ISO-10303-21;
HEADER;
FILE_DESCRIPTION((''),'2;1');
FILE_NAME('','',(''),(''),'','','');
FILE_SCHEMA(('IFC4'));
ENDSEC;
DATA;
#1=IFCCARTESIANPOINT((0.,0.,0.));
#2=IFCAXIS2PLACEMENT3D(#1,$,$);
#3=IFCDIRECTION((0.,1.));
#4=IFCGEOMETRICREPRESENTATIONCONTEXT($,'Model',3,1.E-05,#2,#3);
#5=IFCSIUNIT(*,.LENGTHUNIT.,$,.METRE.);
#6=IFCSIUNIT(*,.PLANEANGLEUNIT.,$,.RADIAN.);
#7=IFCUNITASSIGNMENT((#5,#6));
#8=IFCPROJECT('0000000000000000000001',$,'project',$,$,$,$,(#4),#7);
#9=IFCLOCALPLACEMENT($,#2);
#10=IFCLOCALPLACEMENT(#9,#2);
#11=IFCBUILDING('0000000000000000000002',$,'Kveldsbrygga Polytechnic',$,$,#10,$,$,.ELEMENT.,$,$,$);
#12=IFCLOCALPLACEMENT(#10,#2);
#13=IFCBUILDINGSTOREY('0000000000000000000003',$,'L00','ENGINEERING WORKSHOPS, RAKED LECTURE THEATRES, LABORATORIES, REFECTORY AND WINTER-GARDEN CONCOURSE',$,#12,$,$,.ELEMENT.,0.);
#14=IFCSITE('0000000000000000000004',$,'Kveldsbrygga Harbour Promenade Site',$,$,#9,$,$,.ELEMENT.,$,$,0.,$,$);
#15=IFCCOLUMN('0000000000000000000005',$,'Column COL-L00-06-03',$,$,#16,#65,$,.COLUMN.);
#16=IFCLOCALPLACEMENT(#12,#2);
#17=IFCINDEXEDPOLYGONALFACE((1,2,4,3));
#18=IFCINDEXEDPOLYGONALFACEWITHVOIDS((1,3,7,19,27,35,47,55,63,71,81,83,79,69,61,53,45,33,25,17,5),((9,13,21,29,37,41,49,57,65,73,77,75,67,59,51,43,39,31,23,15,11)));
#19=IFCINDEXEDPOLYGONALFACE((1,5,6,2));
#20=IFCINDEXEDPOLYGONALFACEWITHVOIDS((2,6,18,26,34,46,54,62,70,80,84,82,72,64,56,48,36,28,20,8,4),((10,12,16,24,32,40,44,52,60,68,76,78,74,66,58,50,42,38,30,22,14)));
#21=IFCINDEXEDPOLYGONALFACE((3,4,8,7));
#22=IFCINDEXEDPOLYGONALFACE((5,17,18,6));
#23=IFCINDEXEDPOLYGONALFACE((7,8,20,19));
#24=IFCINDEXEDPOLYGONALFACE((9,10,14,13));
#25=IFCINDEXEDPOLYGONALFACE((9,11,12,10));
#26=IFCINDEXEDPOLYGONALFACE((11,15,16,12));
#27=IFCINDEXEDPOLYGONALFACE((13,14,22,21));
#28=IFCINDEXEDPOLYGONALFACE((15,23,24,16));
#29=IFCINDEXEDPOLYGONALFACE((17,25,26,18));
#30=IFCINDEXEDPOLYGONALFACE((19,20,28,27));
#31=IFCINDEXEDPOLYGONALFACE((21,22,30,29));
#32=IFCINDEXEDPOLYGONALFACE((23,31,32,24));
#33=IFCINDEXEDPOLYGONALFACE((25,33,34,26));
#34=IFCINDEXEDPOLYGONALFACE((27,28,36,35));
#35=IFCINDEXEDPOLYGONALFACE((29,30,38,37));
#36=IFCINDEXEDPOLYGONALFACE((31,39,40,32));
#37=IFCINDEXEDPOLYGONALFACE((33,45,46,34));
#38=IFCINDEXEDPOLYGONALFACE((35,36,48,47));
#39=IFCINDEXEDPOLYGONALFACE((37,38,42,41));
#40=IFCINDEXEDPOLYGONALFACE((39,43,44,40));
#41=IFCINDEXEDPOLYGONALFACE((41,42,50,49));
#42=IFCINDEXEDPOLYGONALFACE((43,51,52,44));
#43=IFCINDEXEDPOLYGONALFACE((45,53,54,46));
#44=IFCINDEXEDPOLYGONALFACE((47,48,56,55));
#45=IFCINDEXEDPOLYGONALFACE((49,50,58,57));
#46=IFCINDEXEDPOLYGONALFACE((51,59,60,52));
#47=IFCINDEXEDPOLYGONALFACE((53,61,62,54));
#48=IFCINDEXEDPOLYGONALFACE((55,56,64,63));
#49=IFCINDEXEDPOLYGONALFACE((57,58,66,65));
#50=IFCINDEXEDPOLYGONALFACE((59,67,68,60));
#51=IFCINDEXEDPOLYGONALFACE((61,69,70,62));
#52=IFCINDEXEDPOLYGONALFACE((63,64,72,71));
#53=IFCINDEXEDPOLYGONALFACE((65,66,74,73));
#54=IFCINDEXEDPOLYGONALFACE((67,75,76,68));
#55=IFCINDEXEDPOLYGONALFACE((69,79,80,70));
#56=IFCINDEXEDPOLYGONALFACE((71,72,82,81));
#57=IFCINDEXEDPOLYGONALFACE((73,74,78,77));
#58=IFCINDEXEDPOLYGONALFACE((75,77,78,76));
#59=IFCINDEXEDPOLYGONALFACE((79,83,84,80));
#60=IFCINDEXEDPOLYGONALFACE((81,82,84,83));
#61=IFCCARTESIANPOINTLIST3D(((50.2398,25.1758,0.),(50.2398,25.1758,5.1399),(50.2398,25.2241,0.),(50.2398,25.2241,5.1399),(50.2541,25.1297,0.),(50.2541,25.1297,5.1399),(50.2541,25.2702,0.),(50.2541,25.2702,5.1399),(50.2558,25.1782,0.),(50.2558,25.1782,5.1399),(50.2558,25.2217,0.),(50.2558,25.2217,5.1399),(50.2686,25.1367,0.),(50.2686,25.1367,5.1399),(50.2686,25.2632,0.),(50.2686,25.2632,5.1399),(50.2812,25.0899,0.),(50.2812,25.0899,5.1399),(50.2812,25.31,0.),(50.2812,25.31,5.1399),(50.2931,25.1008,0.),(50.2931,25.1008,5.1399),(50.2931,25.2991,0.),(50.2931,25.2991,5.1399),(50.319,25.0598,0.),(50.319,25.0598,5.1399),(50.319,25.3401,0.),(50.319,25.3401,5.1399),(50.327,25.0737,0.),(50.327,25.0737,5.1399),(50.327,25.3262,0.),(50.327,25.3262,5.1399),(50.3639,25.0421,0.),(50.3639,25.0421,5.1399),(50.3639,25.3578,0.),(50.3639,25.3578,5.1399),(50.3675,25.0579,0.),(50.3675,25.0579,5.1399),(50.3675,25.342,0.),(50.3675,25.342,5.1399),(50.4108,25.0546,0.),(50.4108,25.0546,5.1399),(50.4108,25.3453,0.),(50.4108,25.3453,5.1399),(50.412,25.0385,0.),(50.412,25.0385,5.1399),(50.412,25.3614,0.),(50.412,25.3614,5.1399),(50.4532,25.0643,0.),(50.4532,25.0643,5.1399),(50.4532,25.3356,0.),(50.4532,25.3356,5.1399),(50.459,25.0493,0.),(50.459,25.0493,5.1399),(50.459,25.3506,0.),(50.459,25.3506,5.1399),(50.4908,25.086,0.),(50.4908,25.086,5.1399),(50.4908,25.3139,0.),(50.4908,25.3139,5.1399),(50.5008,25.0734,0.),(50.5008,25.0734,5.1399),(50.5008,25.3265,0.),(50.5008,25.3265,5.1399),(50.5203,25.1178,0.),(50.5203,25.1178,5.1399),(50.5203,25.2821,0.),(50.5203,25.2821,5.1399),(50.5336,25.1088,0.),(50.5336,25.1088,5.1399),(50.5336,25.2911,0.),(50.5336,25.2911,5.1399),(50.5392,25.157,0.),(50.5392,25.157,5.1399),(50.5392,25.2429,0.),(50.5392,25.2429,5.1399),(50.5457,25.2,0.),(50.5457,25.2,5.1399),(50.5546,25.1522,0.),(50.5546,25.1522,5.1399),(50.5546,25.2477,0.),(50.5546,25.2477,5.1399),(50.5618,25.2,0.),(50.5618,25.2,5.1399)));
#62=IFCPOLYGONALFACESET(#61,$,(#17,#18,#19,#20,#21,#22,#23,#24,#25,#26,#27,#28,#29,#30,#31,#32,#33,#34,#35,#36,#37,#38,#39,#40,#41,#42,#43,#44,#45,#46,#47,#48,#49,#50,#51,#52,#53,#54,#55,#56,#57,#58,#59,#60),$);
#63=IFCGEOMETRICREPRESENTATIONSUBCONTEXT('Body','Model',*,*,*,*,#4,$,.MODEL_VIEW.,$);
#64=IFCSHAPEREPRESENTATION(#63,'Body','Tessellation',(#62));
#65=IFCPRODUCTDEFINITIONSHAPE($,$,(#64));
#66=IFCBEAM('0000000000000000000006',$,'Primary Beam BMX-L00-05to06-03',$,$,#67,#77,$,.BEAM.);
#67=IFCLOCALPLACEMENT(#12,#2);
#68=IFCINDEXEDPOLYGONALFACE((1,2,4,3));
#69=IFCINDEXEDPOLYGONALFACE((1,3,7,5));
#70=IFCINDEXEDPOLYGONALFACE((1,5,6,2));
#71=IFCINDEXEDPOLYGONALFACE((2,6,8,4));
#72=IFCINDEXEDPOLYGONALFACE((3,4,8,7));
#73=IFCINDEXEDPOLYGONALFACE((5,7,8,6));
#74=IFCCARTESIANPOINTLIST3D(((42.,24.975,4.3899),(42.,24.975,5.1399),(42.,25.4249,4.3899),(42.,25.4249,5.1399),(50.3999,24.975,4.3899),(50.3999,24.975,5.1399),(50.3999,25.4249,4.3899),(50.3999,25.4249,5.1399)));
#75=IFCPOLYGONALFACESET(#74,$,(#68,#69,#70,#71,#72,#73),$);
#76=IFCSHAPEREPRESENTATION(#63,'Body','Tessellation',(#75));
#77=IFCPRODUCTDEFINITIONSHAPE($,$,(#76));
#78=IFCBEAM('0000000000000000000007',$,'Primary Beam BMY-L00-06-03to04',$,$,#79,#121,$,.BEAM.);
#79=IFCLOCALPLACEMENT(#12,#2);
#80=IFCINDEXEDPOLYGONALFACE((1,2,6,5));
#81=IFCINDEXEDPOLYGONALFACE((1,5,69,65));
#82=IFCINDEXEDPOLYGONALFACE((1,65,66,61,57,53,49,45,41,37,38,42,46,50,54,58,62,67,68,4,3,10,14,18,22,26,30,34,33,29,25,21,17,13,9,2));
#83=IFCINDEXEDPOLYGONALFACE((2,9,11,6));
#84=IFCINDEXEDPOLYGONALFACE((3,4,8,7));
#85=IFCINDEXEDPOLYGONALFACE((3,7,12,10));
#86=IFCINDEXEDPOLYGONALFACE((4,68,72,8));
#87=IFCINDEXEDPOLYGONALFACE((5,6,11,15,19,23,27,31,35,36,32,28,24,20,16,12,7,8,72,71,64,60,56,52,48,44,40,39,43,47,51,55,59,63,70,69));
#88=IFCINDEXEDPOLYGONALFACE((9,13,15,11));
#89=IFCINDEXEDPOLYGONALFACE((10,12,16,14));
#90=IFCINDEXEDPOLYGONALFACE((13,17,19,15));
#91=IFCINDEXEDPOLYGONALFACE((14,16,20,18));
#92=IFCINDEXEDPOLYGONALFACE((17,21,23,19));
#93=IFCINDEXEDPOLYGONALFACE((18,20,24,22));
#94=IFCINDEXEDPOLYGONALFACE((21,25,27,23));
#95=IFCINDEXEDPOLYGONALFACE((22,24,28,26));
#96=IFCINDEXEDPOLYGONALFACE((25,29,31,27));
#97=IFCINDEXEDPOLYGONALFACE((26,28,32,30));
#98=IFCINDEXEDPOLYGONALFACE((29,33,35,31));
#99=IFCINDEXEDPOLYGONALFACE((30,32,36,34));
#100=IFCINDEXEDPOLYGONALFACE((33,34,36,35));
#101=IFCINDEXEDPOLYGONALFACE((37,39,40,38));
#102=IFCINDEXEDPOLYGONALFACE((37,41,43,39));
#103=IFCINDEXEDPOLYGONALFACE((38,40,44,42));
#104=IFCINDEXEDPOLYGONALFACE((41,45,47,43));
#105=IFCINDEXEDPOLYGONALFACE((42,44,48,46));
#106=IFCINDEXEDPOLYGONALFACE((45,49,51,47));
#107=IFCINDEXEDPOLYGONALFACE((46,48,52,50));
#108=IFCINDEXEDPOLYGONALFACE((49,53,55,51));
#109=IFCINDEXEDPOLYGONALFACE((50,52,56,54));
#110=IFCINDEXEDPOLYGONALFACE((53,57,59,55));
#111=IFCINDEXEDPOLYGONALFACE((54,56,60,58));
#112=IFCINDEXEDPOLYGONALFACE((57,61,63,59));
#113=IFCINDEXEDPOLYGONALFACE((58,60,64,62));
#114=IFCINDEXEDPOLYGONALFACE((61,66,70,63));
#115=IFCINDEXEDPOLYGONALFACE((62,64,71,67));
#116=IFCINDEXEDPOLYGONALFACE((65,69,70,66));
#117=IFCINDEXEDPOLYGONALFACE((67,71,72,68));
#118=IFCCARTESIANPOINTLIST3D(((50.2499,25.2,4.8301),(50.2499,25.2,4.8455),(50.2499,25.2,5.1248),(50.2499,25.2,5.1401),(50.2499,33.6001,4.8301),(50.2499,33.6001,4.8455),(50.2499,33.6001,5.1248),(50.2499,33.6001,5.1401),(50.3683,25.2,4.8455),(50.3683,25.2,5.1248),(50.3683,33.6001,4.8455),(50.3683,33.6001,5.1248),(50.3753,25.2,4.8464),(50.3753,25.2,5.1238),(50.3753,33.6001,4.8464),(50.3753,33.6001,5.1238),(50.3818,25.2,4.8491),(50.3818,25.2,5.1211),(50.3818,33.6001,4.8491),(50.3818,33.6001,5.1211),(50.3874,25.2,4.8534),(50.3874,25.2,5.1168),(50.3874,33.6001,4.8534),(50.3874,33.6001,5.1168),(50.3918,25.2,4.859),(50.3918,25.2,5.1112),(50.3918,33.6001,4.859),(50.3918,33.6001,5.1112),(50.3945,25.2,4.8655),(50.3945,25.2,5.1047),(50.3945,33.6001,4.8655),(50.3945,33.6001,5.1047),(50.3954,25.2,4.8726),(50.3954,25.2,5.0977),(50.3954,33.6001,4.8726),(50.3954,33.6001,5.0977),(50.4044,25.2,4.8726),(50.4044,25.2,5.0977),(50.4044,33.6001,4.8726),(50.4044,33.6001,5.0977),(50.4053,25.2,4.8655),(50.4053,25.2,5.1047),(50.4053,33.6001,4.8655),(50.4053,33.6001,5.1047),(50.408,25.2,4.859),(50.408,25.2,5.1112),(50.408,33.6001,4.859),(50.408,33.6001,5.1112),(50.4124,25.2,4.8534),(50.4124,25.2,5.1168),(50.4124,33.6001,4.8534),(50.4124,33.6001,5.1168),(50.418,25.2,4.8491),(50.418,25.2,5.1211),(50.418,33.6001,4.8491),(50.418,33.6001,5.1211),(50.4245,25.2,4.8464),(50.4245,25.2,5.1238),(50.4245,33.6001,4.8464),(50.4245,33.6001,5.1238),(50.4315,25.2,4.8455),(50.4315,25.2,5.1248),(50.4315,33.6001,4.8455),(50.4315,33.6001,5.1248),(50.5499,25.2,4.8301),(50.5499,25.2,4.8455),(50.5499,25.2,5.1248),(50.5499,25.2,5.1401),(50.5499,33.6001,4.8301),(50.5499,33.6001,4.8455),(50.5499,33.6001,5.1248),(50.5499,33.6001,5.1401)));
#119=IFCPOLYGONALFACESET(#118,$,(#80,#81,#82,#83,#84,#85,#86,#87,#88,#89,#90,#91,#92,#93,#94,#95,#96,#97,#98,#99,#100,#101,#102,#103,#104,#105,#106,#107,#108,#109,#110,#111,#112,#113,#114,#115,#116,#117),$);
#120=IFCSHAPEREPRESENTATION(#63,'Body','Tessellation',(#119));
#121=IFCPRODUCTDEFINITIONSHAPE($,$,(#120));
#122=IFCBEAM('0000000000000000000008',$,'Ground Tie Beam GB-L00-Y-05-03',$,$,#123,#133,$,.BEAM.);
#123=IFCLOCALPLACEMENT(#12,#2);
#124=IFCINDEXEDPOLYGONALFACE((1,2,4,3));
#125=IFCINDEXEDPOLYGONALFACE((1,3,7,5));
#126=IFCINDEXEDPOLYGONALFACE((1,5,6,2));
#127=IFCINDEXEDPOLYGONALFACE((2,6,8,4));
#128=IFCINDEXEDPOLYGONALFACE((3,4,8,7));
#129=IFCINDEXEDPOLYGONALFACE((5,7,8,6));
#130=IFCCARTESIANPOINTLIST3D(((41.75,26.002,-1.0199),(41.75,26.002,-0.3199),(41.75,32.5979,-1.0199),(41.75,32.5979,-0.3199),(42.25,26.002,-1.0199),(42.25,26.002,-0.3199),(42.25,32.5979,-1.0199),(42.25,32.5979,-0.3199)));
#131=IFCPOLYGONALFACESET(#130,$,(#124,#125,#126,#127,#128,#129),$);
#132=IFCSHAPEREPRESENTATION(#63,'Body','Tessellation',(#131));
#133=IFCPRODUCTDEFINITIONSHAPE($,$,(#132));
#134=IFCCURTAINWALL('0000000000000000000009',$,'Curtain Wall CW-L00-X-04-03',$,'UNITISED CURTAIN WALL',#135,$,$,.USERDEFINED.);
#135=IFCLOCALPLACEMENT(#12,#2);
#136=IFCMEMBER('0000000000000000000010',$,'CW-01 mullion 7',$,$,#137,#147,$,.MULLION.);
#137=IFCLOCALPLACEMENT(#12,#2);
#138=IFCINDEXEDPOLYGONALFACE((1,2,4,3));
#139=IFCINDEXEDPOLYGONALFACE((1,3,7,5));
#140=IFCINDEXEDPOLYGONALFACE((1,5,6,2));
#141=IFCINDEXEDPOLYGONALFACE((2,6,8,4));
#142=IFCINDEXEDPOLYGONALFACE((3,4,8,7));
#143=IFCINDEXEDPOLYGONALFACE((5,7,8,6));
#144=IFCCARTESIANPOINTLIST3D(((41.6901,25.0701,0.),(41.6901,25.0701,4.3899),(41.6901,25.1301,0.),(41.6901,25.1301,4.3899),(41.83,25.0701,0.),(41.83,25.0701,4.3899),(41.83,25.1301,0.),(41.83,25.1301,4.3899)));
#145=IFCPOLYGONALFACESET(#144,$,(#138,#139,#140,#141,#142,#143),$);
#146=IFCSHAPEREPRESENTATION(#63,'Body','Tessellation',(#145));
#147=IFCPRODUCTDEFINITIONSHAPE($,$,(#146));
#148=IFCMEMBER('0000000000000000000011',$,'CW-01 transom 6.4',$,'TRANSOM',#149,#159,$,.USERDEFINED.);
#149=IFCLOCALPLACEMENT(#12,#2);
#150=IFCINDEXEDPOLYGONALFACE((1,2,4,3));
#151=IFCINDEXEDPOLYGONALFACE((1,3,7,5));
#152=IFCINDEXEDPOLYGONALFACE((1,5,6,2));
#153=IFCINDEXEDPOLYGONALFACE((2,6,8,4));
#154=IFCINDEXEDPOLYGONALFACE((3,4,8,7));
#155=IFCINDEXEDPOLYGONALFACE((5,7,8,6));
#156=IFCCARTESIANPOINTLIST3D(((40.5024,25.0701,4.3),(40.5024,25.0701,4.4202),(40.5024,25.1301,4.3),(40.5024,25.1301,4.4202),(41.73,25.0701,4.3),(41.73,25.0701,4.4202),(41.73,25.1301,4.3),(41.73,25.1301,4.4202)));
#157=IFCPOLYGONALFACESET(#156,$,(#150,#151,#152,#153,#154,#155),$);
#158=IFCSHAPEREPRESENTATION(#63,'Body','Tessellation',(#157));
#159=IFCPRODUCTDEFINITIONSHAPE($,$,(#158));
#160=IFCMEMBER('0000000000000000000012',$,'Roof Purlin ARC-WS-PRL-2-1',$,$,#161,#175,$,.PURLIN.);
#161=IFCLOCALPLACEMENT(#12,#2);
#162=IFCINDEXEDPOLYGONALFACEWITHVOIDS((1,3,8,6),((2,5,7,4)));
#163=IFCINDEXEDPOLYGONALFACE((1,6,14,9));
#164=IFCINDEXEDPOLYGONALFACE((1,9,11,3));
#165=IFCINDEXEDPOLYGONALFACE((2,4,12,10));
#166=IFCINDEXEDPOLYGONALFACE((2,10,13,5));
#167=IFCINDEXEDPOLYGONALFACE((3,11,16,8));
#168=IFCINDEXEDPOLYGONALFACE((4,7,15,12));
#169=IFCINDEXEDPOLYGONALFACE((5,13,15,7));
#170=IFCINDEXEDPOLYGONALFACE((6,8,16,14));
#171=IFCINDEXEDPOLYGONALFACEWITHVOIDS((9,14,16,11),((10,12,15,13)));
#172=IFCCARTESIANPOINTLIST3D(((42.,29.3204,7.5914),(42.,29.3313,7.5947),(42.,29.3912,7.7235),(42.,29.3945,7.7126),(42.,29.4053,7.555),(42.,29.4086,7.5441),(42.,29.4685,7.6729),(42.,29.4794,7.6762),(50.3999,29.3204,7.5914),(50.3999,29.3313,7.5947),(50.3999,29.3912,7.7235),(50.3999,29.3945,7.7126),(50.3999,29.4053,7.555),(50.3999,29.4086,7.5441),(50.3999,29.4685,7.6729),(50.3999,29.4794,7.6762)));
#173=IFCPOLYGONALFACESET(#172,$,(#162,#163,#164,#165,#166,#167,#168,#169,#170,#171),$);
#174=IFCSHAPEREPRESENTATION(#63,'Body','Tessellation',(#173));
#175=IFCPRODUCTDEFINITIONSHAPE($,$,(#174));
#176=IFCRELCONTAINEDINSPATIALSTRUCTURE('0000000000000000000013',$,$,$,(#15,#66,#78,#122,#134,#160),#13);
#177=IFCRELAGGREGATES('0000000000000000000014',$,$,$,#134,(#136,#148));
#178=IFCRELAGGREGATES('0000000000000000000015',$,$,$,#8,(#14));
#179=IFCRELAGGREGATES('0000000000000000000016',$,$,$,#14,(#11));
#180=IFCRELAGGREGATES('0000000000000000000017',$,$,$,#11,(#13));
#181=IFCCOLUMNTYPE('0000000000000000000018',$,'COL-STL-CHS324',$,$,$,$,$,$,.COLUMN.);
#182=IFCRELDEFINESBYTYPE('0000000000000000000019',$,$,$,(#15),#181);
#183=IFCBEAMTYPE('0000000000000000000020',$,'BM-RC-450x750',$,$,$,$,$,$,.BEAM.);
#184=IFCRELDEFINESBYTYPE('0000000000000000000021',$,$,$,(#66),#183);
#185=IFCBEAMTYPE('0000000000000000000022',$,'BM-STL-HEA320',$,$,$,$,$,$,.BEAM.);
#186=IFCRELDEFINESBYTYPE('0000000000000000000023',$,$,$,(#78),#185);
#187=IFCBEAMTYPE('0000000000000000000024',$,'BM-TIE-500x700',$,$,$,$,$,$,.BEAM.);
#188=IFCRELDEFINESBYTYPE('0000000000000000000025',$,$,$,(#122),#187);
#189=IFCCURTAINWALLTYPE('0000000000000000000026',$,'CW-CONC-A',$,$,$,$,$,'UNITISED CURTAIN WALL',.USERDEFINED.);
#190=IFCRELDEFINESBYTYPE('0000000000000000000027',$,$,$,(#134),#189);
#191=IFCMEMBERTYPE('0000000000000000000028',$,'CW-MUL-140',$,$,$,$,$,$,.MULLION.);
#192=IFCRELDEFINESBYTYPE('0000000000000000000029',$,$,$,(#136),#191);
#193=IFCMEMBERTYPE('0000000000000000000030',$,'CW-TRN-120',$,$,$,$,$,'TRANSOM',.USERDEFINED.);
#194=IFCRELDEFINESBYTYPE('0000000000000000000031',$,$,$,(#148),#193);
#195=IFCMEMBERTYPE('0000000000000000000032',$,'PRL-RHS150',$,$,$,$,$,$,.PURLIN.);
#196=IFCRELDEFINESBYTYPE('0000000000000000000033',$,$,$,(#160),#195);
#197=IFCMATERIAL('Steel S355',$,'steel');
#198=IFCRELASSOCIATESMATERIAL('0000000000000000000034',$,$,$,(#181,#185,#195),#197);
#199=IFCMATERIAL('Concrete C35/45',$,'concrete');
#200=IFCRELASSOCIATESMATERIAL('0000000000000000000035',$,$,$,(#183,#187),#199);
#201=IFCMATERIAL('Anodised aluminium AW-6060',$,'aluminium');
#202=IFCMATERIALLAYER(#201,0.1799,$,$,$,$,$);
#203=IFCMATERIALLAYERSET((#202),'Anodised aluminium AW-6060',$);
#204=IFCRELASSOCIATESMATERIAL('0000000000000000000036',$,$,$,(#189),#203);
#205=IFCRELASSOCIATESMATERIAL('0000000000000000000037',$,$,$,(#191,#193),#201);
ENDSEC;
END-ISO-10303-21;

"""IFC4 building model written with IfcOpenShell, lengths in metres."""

from ifc_helpers import new_model, si_unit, direction, frame, origin, origin_2d, place, context, subcontext, project, spatial, rectangle, hollow_rectangle, hollow_circle, i_section, extrude, material, layer, layer_set, material_profile, profile_set, type_object, element, aggregate, save


model = new_model("IFC4")

# Units and contexts
model_context = context("Model", 3, precision=1e-05, world=origin(), true_north=direction((0.0, 1.0)))
body_context = subcontext(model_context, "Body", "Model", "MODEL_VIEW")
ifc_project = project(units=[si_unit("LENGTHUNIT", "METRE"), si_unit("PLANEANGLEUNIT", "RADIAN")], contexts=[model_context])

# Site, building, storey
site_placement = place(None, origin())
site = spatial("IfcSite", under=ifc_project, at=site_placement, Name="Kveldsbrygga Harbour Promenade Site", CompositionType="ELEMENT", RefElevation=0.0)
building_placement = place(site_placement, origin())
building = spatial("IfcBuilding", under=site, at=building_placement, Name="Kveldsbrygga Polytechnic", CompositionType="ELEMENT")
storey_placement = place(building_placement, origin())
storey = spatial("IfcBuildingStorey", under=building, at=storey_placement, Name="L00", Description="ENGINEERING WORKSHOPS, RAKED LECTURE THEATRES, LABORATORIES, REFECTORY AND WINTER-GARDEN CONCOURSE", CompositionType="ELEMENT", Elevation=0.0)

# Shared definitions
ifc_material_1 = material(Name="Concrete C35/45", Category="concrete")

# Column
ifc_material_2 = material(Name="Steel S355", Category="steel")
ifc_material_profile_1 = material_profile(ifc_material_2, hollow_circle(Radius=0.1619, WallThickness=0.0161, at=origin_2d()), Name="CHS 323.9x16.0")
ifc_profile_set_1 = profile_set([ifc_material_profile_1], Name="Steel S355")
column_type_1 = type_object("IfcColumnType", Name="COL-STL-CHS324", PredefinedType="COLUMN", material=ifc_profile_set_1)
column_1_placement = place(storey_placement, frame((50.3999, 25.2, 0.0), z_axis=(0.0, 0.0, 1.0), x_axis=(1.0, 0.0, 0.0)))
element("IfcColumn", 1, at=column_1_placement, inside=storey, type_object=column_type_1, Name="Column COL-L00-06-03", PredefinedType="COLUMN", context=body_context, shape_type="SweptSolid", body=[
    extrude(hollow_circle(Radius=0.1619, WallThickness=0.0161, at=origin_2d()), origin(), (0.0, 0.0, 1.0), 5.1399),
])

# Beams
ifc_material_profile_2 = material_profile(ifc_material_1, rectangle(XDim=0.45, YDim=0.75, at=origin_2d()), Name="RC 450x750")
ifc_profile_set_2 = profile_set([ifc_material_profile_2], Name="Concrete C35/45")
beam_type_1 = type_object("IfcBeamType", Name="BM-RC-450x750", PredefinedType="BEAM", material=ifc_profile_set_2)
beam_1_placement = place(storey_placement, frame((42.0, 25.2, 4.7649), z_axis=(1.0, 0.0, 0.0), x_axis=(0.0, 1.0, 0.0)))
element("IfcBeam", 2, at=beam_1_placement, inside=storey, type_object=beam_type_1, Name="Primary Beam BMX-L00-05to06-03", PredefinedType="BEAM", context=body_context, shape_type="SweptSolid", body=[
    extrude(rectangle(XDim=0.45, YDim=0.75, at=origin_2d()), origin(), (0.0, 0.0, 1.0), 8.3999),
])
ifc_material_profile_3 = material_profile(ifc_material_2, i_section(OverallWidth=0.3, OverallDepth=0.3101, WebThickness=0.009, FlangeThickness=0.0154, FilletRadius=0.0271, at=origin_2d()), Name="HEA 320")
ifc_profile_set_3 = profile_set([ifc_material_profile_3], Name="Steel S355")
beam_type_2 = type_object("IfcBeamType", Name="BM-STL-HEA320", PredefinedType="BEAM", material=ifc_profile_set_3)
beam_2_placement = place(storey_placement, frame((50.3999, 25.2, 4.9851), z_axis=(0.0, 1.0, 0.0), x_axis=(-1.0, 0.0, 0.0)))
element("IfcBeam", 3, at=beam_2_placement, inside=storey, type_object=beam_type_2, Name="Primary Beam BMY-L00-06-03to04", PredefinedType="BEAM", context=body_context, shape_type="SweptSolid", body=[
    extrude(i_section(OverallWidth=0.3, OverallDepth=0.3101, WebThickness=0.009, FlangeThickness=0.0154, FilletRadius=0.0271, at=origin_2d()), origin(), (0.0, 0.0, 1.0), 8.4001),
])
ifc_material_profile_4 = material_profile(ifc_material_1, rectangle(XDim=0.5, YDim=0.7, at=origin_2d()), Name="RC 500x700")
ifc_profile_set_4 = profile_set([ifc_material_profile_4], Name="Concrete C35/45")
beam_type_3 = type_object("IfcBeamType", Name="BM-TIE-500x700", PredefinedType="BEAM", material=ifc_profile_set_4)
beam_3_placement = place(storey_placement, frame((42.0, 26.002, -0.6699), z_axis=(0.0, 1.0, 0.0), x_axis=(-1.0, 0.0, 0.0)))
element("IfcBeam", 4, at=beam_3_placement, inside=storey, type_object=beam_type_3, Name="Ground Tie Beam GB-L00-Y-05-03", PredefinedType="BEAM", context=body_context, shape_type="SweptSolid", body=[
    extrude(rectangle(XDim=0.5, YDim=0.7, at=origin_2d()), origin(), (0.0, 0.0, 1.0), 6.5959),
])

# Curtain wall, members
ifc_material_3 = material(Name="Anodised aluminium AW-6060", Category="aluminium")
ifc_layer_1 = layer(ifc_material_3, 0.1799)
ifc_layer_set_1 = layer_set([ifc_layer_1], Name="Anodised aluminium AW-6060")
curtain_wall_type = type_object("IfcCurtainWallType", Name="CW-CONC-A", ElementType="UNITISED CURTAIN WALL", PredefinedType="USERDEFINED", material=ifc_layer_set_1)
curtain_wall_placement = place(storey_placement, origin())
curtain_wall = element("IfcCurtainWall", 5, at=curtain_wall_placement, inside=storey, type_object=curtain_wall_type, Name="Curtain Wall CW-L00-X-04-03", ObjectType="UNITISED CURTAIN WALL", PredefinedType="USERDEFINED")
ifc_material_profile_5 = material_profile(ifc_material_3, rectangle(XDim=0.0601, YDim=0.1399, at=origin_2d()), Name="ALU 60x140")
ifc_profile_set_5 = profile_set([ifc_material_profile_5], Name="Anodised aluminium AW-6060")
member_type_1 = type_object("IfcMemberType", Name="CW-MUL-140", PredefinedType="MULLION", material=ifc_profile_set_5)
member_1_placement = place(storey_placement, frame((41.76, 25.1001, 0.0), z_axis=(0.0, 0.0, 1.0), x_axis=(0.0, 1.0, 0.0)))
member_1 = element("IfcMember", 6, at=member_1_placement, type_object=member_type_1, Name="CW-01 mullion 7", PredefinedType="MULLION", context=body_context, shape_type="SweptSolid", body=[
    extrude(rectangle(XDim=0.0601, YDim=0.1399, at=origin_2d()), origin(), (0.0, 0.0, 1.0), 4.3899),
])
ifc_material_profile_6 = material_profile(ifc_material_3, rectangle(XDim=0.0601, YDim=0.1201, at=origin_2d()), Name="ALU 60x120")
ifc_profile_set_6 = profile_set([ifc_material_profile_6], Name="Anodised aluminium AW-6060")
member_type_2 = type_object("IfcMemberType", Name="CW-TRN-120", ElementType="TRANSOM", PredefinedType="USERDEFINED", material=ifc_profile_set_6)
member_2_placement = place(storey_placement, frame((40.5024, 25.1001, 4.3601), z_axis=(1.0, 0.0, 0.0), x_axis=(0.0, 1.0, 0.0)))
member_2 = element("IfcMember", 7, at=member_2_placement, type_object=member_type_2, Name="CW-01 transom 6.4", ObjectType="TRANSOM", PredefinedType="USERDEFINED", context=body_context, shape_type="SweptSolid", body=[
    extrude(rectangle(XDim=0.0601, YDim=0.1201, at=origin_2d()), origin(), (0.0, 0.0, 1.0), 1.2275),
])

# Member
ifc_material_profile_7 = material_profile(ifc_material_2, hollow_rectangle(XDim=0.1001, YDim=0.1499, WallThickness=0.0081, at=origin_2d()), Name="RHS 150x100x8.0")
ifc_profile_set_7 = profile_set([ifc_material_profile_7], Name="Steel S355")
member_type_3 = type_object("IfcMemberType", Name="PRL-RHS150", PredefinedType="PURLIN", material=ifc_profile_set_7)
member_3_placement = place(storey_placement, frame((42.0, 29.3999, 7.6338), z_axis=(1.0, 0.0, 0.0), x_axis=(0.0, 0.88148, -0.472222)))
element("IfcMember", 8, at=member_3_placement, inside=storey, type_object=member_type_3, Name="Roof Purlin ARC-WS-PRL-2-1", PredefinedType="PURLIN", context=body_context, shape_type="SweptSolid", body=[
    extrude(hollow_rectangle(XDim=0.1001, YDim=0.1499, WallThickness=0.0081, at=origin_2d()), origin(), (0.0, 0.0, 1.0), 8.3999),
])

aggregate(curtain_wall, [member_1, member_2])

save(model, "model.ifc")
